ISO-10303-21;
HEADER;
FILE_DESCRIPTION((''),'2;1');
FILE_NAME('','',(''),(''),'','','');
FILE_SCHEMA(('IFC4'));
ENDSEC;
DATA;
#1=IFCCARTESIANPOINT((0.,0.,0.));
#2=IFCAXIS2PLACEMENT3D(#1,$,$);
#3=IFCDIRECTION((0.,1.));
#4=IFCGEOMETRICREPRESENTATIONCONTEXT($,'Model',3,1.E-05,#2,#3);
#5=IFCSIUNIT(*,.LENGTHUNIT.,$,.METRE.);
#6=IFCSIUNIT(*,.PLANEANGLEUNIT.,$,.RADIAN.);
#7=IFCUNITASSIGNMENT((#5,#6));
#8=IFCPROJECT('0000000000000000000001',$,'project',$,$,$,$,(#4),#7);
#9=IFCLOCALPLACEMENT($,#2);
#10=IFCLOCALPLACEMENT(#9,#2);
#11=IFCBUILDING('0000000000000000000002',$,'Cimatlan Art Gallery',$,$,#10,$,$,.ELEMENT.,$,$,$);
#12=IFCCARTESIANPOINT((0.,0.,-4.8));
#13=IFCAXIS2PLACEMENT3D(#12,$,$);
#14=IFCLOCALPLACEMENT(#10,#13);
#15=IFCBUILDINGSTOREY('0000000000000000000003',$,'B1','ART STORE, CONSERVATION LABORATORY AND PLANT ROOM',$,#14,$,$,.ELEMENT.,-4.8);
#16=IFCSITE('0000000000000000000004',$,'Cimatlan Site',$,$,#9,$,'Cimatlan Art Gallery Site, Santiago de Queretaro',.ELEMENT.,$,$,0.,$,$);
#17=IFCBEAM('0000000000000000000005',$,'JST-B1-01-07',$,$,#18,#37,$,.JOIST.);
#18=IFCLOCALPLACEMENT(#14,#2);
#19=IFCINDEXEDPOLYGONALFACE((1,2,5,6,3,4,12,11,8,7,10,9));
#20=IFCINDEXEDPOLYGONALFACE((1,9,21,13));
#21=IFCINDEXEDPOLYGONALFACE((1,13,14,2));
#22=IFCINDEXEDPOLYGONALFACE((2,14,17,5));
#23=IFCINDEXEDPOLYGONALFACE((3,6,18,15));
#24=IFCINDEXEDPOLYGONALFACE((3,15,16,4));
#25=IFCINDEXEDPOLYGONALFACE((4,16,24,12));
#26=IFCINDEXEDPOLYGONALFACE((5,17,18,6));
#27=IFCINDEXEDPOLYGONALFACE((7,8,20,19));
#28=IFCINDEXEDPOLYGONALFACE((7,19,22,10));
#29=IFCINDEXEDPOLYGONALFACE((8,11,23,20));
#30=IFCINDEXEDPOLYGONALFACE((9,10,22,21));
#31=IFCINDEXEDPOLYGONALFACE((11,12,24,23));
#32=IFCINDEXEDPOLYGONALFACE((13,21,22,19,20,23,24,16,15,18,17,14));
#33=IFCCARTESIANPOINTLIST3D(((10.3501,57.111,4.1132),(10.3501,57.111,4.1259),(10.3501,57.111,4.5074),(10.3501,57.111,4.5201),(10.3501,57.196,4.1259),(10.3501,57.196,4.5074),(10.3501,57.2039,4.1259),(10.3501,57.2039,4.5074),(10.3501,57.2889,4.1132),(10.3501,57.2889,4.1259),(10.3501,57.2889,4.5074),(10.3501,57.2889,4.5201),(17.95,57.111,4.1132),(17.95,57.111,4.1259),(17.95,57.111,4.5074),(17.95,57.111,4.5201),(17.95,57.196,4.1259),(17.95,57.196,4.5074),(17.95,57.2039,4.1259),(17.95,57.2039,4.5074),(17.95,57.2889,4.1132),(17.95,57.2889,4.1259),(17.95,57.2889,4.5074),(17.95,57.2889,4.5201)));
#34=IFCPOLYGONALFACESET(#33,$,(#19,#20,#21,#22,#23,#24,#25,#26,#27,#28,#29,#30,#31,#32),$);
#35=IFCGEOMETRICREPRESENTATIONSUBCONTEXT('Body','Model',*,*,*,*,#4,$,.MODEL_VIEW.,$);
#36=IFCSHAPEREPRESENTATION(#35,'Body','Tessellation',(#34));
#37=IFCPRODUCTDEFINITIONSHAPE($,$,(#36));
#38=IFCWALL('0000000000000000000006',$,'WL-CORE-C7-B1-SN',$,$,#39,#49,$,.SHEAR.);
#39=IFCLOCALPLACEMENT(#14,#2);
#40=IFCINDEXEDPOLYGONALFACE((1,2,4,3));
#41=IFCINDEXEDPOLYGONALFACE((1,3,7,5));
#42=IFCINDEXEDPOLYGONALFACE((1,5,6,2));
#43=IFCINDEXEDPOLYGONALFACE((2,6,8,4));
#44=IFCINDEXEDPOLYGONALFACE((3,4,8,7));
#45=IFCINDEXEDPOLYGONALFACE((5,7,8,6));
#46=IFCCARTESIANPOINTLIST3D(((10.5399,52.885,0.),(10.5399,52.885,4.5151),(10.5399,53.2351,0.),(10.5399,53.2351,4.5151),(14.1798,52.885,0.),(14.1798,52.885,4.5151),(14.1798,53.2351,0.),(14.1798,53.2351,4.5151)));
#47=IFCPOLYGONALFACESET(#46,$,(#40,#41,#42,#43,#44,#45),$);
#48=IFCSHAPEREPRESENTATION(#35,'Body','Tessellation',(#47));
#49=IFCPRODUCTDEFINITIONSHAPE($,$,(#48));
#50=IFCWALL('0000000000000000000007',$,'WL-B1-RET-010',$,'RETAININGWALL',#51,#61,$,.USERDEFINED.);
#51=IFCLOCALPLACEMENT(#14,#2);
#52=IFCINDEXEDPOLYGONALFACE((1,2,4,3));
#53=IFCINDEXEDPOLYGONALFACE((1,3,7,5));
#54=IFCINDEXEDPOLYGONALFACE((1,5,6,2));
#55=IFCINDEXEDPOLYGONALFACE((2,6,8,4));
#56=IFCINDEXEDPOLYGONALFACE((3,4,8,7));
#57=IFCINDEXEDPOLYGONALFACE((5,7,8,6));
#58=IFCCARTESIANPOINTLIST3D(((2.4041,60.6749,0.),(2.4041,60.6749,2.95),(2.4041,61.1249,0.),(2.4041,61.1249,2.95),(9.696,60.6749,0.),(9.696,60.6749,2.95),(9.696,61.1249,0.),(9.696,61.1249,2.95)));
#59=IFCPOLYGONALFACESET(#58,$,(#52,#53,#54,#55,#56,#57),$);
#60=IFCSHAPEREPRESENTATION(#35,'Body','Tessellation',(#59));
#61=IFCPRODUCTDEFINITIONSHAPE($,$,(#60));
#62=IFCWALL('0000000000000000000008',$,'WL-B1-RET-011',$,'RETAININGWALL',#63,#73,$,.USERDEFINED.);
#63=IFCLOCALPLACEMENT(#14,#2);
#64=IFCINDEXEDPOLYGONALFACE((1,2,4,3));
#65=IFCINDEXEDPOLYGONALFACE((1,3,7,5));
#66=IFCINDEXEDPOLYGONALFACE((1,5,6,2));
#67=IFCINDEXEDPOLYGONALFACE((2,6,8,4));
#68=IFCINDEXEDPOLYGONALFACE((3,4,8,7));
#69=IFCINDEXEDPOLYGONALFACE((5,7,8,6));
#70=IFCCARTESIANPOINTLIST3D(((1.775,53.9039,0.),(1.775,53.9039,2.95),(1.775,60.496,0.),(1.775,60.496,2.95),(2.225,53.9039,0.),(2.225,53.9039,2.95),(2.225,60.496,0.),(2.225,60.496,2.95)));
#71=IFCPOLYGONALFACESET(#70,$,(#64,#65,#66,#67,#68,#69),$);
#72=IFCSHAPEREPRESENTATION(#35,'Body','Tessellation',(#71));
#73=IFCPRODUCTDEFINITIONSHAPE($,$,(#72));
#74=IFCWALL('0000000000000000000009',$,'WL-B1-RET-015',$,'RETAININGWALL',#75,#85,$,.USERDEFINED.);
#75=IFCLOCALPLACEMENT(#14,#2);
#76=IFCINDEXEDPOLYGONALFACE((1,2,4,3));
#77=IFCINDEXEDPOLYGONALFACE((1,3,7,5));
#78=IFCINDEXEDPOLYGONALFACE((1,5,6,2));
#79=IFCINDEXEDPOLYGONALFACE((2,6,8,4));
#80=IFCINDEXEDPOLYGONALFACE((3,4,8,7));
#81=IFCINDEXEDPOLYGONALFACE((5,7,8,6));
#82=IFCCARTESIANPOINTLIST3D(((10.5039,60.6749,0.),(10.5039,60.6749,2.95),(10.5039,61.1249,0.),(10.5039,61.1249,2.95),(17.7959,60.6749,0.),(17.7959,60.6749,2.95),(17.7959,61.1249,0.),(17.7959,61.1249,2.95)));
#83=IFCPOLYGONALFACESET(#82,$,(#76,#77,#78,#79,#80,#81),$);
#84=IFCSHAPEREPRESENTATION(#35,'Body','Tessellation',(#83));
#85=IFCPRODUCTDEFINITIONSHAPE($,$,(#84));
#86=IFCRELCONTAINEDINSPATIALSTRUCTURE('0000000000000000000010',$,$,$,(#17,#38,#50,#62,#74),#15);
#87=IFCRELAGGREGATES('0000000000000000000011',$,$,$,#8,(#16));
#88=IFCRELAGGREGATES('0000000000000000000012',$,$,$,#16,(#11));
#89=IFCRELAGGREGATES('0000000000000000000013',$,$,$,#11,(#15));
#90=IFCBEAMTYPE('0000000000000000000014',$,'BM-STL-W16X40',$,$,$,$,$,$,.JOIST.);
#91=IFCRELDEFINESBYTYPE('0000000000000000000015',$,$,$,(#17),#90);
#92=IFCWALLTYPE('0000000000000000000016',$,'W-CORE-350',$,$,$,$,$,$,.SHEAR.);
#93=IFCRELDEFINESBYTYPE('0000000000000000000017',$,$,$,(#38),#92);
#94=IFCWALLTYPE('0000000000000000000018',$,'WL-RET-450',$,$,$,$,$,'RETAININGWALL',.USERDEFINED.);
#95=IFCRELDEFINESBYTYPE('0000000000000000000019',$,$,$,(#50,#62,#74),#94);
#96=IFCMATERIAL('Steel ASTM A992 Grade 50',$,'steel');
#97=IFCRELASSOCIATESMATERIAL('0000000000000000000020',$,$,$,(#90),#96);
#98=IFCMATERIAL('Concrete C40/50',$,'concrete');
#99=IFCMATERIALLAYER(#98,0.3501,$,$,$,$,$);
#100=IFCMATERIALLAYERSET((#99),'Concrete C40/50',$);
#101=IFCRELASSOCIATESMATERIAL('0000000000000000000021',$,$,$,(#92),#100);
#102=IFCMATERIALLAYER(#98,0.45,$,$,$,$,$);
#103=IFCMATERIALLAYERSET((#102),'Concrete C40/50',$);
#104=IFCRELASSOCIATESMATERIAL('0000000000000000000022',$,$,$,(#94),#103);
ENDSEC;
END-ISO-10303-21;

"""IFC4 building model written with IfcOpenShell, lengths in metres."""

from ifc_helpers import new_model, si_unit, direction, frame, frame_2d, origin, origin_2d, place, context, subcontext, project, spatial, rectangle, i_section, extrude, material, layer, layer_set, material_profile, profile_set, type_object, element, save


model = new_model("IFC4")

# Units and contexts
model_context = context("Model", 3, precision=1e-05, world=origin(), true_north=direction((0.0, 1.0)))
body_context = subcontext(model_context, "Body", "Model", "MODEL_VIEW")
ifc_project = project(units=[si_unit("LENGTHUNIT", "METRE"), si_unit("PLANEANGLEUNIT", "RADIAN")], contexts=[model_context])

# Site, building, storey
site_placement = place(None, origin())
site = spatial("IfcSite", under=ifc_project, at=site_placement, Name="Cimatlan Site", LongName="Cimatlan Art Gallery Site, Santiago de Queretaro", CompositionType="ELEMENT", RefElevation=0.0)
building_placement = place(site_placement, origin())
building = spatial("IfcBuilding", under=site, at=building_placement, Name="Cimatlan Art Gallery", CompositionType="ELEMENT")
storey_placement = place(building_placement, frame((0.0, 0.0, -4.8)))
storey = spatial("IfcBuildingStorey", under=building, at=storey_placement, Name="B1", Description="ART STORE, CONSERVATION LABORATORY AND PLANT ROOM", CompositionType="ELEMENT", Elevation=-4.8)

# Shared definitions
ifc_material_1 = material(Name="Concrete C40/50", Category="concrete")

# Beam
ifc_material_2 = material(Name="Steel ASTM A992 Grade 50", Category="steel")
ifc_material_profile_1 = material_profile(ifc_material_2, i_section(OverallWidth=0.178, OverallDepth=0.407, WebThickness=0.0078, FlangeThickness=0.0127, at=origin_2d()), Name="W16X40")
ifc_profile_set_1 = profile_set([ifc_material_profile_1], Name="Steel ASTM A992 Grade 50")
beam_type_1 = type_object("IfcBeamType", Name="BM-STL-W16X40", PredefinedType="JOIST", material=ifc_profile_set_1)
beam_1_placement = place(storey_placement, frame((10.3501, 57.2, 4.3167), z_axis=(1.0, 0.0, 0.0), x_axis=(0.0, 1.0, 0.0)))
element("IfcBeam", 1, at=beam_1_placement, inside=storey, type_object=beam_type_1, Name="JST-B1-01-07", PredefinedType="JOIST", context=body_context, shape_type="SweptSolid", body=[
    extrude(i_section(OverallWidth=0.178, OverallDepth=0.407, WebThickness=0.0078, FlangeThickness=0.0127, at=origin_2d()), origin(), (0.0, 0.0, 1.0), 7.5999),
])

# Walls
ifc_layer_1 = layer(ifc_material_1, 0.3501)
ifc_layer_set_1 = layer_set([ifc_layer_1], Name="Concrete C40/50")
wall_type_1 = type_object("IfcWallType", Name="W-CORE-350", PredefinedType="SHEAR", material=ifc_layer_set_1)
wall_1_placement = place(storey_placement, frame((10.54, 53.0601, 0.0), z_axis=(0.0, 0.0, 1.0), x_axis=(1.0, 0.0, 0.0)))
element("IfcWall", 2, at=wall_1_placement, inside=storey, type_object=wall_type_1, Name="WL-CORE-C7-B1-SN", PredefinedType="SHEAR", context=body_context, shape_type="SweptSolid", body=[
    extrude(rectangle(XDim=3.6399, YDim=0.3501, at=frame_2d((1.8198, 0.0))), origin(), (0.0, 0.0, 1.0), 4.5151),
])
ifc_layer_2 = layer(ifc_material_1, 0.45)
ifc_layer_set_2 = layer_set([ifc_layer_2], Name="Concrete C40/50")
wall_type_2 = type_object("IfcWallType", Name="WL-RET-450", ElementType="RETAININGWALL", PredefinedType="USERDEFINED", material=ifc_layer_set_2)
wall_2_placement = place(storey_placement, frame((2.4041, 60.8999, 0.0), z_axis=(0.0, 0.0, 1.0), x_axis=(1.0, 0.0, 0.0)))
element("IfcWall", 3, at=wall_2_placement, inside=storey, type_object=wall_type_2, Name="WL-B1-RET-010", ObjectType="RETAININGWALL", PredefinedType="USERDEFINED", context=body_context, shape_type="SweptSolid", body=[
    extrude(rectangle(XDim=7.292, YDim=0.45, at=frame_2d((3.646, 0.0))), origin(), (0.0, 0.0, 1.0), 2.95),
])
wall_3_placement = place(storey_placement, frame((2.0, 53.9041, 0.0), z_axis=(0.0, 0.0, 1.0), x_axis=(0.0, 1.0, 0.0)))
element("IfcWall", 4, at=wall_3_placement, inside=storey, type_object=wall_type_2, Name="WL-B1-RET-011", ObjectType="RETAININGWALL", PredefinedType="USERDEFINED", context=body_context, shape_type="SweptSolid", body=[
    extrude(rectangle(XDim=6.592, YDim=0.45, at=frame_2d((3.2959, 0.0))), origin(), (0.0, 0.0, 1.0), 2.95),
])
wall_4_placement = place(storey_placement, frame((10.5039, 60.8999, 0.0), z_axis=(0.0, 0.0, 1.0), x_axis=(1.0, 0.0, 0.0)))
element("IfcWall", 5, at=wall_4_placement, inside=storey, type_object=wall_type_2, Name="WL-B1-RET-015", ObjectType="RETAININGWALL", PredefinedType="USERDEFINED", context=body_context, shape_type="SweptSolid", body=[
    extrude(rectangle(XDim=7.292, YDim=0.45, at=frame_2d((3.646, 0.0))), origin(), (0.0, 0.0, 1.0), 2.95),
])

save(model, "model.ifc")
